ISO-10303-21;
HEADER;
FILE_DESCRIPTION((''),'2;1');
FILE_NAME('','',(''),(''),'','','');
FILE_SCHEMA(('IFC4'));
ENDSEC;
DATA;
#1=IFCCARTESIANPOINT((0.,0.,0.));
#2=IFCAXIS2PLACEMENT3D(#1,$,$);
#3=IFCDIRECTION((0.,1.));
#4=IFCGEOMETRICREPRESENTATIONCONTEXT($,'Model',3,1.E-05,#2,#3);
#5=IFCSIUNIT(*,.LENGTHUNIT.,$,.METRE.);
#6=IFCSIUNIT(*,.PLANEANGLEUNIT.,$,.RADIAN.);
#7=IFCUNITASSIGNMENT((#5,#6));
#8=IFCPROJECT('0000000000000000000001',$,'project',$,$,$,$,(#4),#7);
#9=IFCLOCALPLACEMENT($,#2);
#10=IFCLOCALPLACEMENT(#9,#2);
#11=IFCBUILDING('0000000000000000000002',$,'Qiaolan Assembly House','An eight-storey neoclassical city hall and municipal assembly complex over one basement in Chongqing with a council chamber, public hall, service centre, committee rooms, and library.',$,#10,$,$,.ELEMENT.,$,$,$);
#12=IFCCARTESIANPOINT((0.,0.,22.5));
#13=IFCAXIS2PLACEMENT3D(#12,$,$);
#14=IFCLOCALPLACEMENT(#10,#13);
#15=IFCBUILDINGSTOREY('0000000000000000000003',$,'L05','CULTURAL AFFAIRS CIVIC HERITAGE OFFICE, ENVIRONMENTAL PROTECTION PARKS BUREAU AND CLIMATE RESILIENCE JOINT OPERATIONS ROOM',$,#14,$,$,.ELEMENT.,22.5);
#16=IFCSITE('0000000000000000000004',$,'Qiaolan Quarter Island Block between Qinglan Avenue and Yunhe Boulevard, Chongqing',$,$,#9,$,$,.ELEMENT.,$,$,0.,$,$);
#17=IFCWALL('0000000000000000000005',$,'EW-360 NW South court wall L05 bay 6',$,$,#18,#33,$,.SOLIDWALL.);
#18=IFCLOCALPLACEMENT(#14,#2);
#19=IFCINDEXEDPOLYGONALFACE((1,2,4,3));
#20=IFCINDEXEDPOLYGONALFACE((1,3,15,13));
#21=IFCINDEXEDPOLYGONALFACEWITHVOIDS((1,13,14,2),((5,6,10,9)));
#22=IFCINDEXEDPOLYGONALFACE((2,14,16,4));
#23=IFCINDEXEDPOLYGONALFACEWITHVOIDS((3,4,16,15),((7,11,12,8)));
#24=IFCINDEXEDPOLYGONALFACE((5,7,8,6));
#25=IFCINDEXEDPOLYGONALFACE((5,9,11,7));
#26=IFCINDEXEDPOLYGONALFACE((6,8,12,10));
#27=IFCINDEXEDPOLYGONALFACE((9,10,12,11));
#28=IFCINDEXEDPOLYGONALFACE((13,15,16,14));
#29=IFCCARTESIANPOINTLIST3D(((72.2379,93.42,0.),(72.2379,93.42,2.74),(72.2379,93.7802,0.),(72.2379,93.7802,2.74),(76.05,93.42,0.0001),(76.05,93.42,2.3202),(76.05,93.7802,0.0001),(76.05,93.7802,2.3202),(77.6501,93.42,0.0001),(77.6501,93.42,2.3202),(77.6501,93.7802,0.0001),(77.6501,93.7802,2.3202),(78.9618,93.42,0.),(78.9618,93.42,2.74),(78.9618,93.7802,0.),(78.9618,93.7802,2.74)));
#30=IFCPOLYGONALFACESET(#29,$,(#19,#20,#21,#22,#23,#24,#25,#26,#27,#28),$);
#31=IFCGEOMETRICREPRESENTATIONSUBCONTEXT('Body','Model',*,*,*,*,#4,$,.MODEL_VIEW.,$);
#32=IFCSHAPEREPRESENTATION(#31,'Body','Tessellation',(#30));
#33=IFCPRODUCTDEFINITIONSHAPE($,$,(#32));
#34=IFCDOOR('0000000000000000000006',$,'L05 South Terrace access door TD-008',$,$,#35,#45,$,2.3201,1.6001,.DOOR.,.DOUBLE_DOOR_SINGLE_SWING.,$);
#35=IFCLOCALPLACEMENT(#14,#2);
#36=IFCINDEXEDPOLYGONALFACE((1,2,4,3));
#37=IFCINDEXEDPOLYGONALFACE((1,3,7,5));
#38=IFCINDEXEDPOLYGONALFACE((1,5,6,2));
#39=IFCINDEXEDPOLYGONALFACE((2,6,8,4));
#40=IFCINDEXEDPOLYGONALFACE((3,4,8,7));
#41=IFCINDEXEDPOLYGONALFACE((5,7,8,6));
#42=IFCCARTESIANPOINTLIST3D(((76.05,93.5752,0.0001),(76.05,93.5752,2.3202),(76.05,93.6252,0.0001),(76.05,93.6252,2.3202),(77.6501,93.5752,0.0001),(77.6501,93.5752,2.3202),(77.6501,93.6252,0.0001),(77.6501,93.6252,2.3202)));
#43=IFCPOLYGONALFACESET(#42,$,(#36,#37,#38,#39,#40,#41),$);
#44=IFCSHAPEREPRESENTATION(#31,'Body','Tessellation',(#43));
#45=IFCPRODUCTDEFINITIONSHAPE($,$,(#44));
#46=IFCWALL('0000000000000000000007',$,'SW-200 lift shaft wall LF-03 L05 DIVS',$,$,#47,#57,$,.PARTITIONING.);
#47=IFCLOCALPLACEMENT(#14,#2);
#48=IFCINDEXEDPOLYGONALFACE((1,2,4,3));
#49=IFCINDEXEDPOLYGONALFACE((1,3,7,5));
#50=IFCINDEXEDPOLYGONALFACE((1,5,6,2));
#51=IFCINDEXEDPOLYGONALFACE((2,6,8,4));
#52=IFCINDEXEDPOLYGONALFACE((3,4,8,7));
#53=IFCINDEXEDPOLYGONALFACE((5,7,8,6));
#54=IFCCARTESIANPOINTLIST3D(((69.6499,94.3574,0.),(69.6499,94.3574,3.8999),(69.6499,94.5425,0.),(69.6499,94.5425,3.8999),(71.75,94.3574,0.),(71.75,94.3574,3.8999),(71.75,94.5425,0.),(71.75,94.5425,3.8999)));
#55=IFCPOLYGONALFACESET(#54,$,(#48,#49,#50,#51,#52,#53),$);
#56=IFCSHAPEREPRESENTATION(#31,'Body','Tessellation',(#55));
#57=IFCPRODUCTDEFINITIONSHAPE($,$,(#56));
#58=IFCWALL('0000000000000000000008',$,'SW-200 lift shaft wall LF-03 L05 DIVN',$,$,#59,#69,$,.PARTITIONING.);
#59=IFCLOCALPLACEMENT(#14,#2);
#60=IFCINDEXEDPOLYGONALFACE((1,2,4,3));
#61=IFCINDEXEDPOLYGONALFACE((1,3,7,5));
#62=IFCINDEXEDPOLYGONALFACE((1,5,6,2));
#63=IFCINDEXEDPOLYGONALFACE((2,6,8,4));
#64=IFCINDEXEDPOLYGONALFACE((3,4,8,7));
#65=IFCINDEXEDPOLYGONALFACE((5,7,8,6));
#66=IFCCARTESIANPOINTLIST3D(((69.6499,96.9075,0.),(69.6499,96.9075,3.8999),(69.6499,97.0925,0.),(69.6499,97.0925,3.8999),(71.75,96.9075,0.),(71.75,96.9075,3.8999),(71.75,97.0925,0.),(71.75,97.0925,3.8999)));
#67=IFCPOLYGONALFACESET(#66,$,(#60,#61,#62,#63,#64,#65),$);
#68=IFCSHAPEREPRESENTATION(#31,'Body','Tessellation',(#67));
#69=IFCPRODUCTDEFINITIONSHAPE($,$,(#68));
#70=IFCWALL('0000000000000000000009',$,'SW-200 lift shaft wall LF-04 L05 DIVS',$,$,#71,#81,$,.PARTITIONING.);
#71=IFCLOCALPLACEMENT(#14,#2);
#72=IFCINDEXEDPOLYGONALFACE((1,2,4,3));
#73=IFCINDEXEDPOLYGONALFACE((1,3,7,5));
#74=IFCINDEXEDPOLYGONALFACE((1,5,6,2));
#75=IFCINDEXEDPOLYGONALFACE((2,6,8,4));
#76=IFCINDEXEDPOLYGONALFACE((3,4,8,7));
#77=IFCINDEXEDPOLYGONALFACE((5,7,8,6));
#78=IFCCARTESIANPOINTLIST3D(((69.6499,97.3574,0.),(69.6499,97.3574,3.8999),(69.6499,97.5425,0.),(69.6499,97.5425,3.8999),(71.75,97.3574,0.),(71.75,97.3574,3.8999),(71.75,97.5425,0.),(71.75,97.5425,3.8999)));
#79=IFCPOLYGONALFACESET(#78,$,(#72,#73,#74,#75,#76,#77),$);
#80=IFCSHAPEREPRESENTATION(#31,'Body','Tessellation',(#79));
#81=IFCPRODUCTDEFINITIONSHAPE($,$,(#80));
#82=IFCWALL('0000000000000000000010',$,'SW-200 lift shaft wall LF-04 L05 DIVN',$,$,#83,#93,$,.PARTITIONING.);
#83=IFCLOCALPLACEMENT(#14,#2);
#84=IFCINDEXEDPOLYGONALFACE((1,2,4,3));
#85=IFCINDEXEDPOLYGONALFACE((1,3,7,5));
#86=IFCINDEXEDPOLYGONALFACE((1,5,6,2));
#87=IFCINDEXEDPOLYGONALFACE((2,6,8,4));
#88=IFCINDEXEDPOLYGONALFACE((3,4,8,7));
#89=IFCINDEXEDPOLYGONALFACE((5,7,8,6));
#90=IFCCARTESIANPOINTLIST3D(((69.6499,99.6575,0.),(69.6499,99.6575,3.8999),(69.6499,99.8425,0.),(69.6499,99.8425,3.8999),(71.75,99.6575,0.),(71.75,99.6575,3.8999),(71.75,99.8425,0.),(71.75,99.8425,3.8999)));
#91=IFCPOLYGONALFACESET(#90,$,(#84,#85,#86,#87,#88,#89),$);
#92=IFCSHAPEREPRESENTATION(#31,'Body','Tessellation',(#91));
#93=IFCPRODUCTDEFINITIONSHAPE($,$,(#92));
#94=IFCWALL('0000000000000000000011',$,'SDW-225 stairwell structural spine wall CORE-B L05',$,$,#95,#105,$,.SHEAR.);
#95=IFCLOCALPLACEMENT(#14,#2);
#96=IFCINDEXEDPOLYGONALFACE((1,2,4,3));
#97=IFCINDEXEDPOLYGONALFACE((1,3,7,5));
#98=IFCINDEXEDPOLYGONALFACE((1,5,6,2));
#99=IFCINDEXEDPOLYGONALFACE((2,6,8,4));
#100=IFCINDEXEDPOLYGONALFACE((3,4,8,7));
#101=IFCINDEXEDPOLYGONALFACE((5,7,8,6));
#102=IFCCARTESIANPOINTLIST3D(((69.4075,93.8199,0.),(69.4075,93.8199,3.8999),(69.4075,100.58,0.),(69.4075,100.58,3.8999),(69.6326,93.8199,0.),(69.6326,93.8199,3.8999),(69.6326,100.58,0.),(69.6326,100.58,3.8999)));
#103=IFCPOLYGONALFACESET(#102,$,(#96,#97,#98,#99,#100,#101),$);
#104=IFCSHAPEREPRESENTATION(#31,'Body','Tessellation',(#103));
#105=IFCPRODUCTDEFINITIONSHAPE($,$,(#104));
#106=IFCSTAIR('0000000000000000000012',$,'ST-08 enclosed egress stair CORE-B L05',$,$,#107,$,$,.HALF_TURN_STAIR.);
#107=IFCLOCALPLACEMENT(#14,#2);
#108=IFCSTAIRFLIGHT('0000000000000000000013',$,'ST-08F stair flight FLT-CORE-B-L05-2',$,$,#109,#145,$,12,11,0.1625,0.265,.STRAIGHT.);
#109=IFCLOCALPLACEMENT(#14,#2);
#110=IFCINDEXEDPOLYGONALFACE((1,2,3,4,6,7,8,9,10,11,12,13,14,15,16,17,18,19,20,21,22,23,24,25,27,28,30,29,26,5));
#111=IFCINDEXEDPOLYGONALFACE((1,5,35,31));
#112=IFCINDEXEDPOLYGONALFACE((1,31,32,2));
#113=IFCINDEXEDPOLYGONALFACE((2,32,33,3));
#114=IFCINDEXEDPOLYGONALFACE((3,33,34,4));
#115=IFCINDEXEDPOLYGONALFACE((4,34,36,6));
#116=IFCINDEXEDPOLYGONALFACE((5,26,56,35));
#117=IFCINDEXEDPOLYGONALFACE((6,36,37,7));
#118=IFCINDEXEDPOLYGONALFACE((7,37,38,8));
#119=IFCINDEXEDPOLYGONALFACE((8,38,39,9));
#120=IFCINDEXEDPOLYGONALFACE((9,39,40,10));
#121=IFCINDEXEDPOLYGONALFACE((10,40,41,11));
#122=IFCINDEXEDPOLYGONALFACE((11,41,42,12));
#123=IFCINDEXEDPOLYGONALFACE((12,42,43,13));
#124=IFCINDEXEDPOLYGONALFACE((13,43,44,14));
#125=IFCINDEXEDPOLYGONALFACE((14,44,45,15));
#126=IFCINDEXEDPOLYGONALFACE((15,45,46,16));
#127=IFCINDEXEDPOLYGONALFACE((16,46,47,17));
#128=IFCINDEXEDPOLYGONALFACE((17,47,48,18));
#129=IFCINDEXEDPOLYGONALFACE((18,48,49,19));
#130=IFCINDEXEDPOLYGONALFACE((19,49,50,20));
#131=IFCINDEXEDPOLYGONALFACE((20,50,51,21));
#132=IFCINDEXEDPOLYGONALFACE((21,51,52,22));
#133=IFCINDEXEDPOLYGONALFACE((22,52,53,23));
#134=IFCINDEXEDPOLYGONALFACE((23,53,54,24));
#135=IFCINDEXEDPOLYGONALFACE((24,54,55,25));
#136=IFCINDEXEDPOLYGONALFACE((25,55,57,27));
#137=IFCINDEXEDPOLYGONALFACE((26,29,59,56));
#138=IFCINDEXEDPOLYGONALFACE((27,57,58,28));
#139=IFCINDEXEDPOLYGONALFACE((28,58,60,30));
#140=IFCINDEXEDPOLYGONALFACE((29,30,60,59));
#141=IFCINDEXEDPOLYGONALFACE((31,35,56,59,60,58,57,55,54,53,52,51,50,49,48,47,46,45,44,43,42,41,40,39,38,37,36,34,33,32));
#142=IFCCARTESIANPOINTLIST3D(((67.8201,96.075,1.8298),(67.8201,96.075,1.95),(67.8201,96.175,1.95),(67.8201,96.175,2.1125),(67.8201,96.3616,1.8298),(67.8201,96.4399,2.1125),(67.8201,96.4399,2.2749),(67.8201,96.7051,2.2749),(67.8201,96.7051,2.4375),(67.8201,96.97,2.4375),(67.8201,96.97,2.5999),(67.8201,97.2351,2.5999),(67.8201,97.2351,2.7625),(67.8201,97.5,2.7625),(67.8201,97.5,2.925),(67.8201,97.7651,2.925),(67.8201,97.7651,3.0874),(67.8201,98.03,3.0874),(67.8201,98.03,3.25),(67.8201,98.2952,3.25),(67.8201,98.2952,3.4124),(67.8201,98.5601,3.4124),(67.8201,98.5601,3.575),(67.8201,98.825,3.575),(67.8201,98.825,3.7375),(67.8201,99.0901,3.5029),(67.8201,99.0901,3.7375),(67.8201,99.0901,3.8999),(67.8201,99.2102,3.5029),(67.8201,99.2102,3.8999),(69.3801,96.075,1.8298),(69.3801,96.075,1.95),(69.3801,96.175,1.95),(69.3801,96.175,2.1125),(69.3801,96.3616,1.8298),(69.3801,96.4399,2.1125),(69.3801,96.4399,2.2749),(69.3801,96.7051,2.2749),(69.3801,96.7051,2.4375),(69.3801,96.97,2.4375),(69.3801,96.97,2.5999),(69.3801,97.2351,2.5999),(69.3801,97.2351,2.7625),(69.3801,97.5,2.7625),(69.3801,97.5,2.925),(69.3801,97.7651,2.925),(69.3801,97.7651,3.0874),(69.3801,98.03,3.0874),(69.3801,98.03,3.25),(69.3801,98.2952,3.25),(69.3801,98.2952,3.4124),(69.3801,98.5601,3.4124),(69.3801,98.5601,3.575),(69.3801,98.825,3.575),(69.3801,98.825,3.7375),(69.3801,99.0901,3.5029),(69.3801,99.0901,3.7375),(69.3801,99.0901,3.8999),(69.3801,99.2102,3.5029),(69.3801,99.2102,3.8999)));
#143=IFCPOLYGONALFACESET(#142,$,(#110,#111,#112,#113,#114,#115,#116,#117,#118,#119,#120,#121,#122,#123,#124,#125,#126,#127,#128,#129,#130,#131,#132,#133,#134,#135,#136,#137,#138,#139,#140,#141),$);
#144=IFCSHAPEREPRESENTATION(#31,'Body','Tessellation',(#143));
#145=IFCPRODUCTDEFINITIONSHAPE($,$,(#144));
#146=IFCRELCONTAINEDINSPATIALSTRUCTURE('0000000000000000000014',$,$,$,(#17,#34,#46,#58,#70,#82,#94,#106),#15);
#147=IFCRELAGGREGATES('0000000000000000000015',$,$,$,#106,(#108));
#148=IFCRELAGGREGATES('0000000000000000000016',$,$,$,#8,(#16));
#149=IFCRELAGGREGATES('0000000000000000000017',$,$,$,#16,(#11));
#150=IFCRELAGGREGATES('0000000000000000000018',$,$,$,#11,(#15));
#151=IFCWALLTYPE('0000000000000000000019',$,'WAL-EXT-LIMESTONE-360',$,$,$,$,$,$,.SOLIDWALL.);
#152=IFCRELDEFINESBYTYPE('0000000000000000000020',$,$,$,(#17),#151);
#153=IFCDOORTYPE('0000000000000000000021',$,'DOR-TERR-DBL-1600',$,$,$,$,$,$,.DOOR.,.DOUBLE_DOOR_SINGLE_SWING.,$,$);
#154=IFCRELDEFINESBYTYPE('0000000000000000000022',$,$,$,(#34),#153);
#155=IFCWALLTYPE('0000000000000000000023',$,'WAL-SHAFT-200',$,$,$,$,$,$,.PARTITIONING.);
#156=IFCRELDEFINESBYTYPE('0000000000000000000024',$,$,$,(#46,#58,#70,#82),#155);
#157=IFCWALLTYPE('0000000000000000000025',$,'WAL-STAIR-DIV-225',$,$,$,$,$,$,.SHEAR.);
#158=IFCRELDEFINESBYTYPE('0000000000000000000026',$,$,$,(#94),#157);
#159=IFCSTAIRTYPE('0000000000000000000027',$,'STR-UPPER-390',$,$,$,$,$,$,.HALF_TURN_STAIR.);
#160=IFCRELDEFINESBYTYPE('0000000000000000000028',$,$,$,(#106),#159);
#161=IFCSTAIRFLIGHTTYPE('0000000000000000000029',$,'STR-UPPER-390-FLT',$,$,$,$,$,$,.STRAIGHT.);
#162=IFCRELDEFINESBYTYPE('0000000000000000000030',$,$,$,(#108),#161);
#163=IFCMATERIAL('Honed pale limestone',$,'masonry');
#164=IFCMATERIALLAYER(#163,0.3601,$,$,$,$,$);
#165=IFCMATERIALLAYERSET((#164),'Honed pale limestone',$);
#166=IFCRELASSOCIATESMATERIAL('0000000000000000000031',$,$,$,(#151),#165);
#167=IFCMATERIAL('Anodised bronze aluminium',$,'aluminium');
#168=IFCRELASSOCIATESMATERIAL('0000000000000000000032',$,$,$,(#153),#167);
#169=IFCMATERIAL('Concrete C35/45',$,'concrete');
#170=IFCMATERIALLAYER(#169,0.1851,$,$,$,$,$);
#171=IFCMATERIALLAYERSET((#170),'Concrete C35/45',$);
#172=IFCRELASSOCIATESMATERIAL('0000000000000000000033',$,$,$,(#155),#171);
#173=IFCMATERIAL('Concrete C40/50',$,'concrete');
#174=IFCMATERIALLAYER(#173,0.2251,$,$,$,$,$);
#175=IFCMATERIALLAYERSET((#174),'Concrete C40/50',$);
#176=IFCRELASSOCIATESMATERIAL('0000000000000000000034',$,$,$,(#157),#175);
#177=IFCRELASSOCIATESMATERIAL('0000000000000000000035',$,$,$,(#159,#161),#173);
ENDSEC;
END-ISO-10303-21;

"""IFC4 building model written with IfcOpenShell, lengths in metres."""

from ifc_helpers import new_model, si_unit, direction, frame, frame_2d, origin, place, context, subcontext, project, spatial, polyline, rectangle, outline, extrude, material, layer, layer_set, type_object, element, fill, aggregate, save


model = new_model("IFC4")

# Units and contexts
model_context = context("Model", 3, precision=1e-05, world=origin(), true_north=direction((0.0, 1.0)))
body_context = subcontext(model_context, "Body", "Model", "MODEL_VIEW")
ifc_project = project(units=[si_unit("LENGTHUNIT", "METRE"), si_unit("PLANEANGLEUNIT", "RADIAN")], contexts=[model_context])

# Site, building, storey
site_placement = place(None, origin())
site = spatial("IfcSite", under=ifc_project, at=site_placement, Name="Qiaolan Quarter Island Block between Qinglan Avenue and Yunhe Boulevard, Chongqing", CompositionType="ELEMENT", RefElevation=0.0)
building_placement = place(site_placement, origin())
building = spatial("IfcBuilding", under=site, at=building_placement, Name="Qiaolan Assembly House", Description="An eight-storey neoclassical city hall and municipal assembly complex over one basement in Chongqing with a council chamber, public hall, service centre, committee rooms, and library.", CompositionType="ELEMENT")
storey_placement = place(building_placement, frame((0.0, 0.0, 22.5)))
storey = spatial("IfcBuildingStorey", under=building, at=storey_placement, Name="L05", Description="CULTURAL AFFAIRS CIVIC HERITAGE OFFICE, ENVIRONMENTAL PROTECTION PARKS BUREAU AND CLIMATE RESILIENCE JOINT OPERATIONS ROOM", CompositionType="ELEMENT", Elevation=22.5)

# Shared definitions
ifc_material_1 = material(Name="Concrete C40/50", Category="concrete")

# Shared definitions
ifc_material_2 = material(Name="Anodised bronze aluminium", Category="aluminium")

# Wall, opening, door
ifc_material_3 = material(Name="Honed pale limestone", Category="masonry")
ifc_layer_1 = layer(ifc_material_3, 0.3601)
ifc_layer_set_1 = layer_set([ifc_layer_1], Name="Honed pale limestone")
wall_type_1 = type_object("IfcWallType", Name="WAL-EXT-LIMESTONE-360", PredefinedType="SOLIDWALL", material=ifc_layer_set_1)
wall_1_placement = place(storey_placement, frame((72.238, 93.6001, 0.0), z_axis=(0.0, 0.0, 1.0), x_axis=(1.0, 0.0, 0.0)))
wall_1 = element("IfcWall", 1, at=wall_1_placement, inside=storey, type_object=wall_type_1, Name="EW-360 NW South court wall L05 bay 6", PredefinedType="SOLIDWALL", context=body_context, shape_type="SweptSolid", body=[
    extrude(rectangle(XDim=6.7239, YDim=0.3601, at=frame_2d((3.3618, 0.0))), origin(), (0.0, 0.0, 1.0), 2.74),
])
opening_1_placement = place(wall_1_placement, frame((3.812, 0.0, 0.0)))
opening_1 = element("IfcOpeningElement", 2, at=opening_1_placement, cuts=wall_1, PredefinedType="OPENING", context=body_context, shape_type="SweptSolid", body=[
    extrude(rectangle(XDim=1.6001, YDim=2.3201, at=frame_2d((0.8, 1.1602))), frame((0.0, 0.1899, 0.0), z_axis=(0.0, -1.0, 0.0), x_axis=(1.0, 0.0, 0.0)), (0.0, 0.0, 1.0), 0.3801),
])
door_type_1 = type_object("IfcDoorType", Name="DOR-TERR-DBL-1600", OperationType="DOUBLE_DOOR_SINGLE_SWING", PredefinedType="DOOR", material=ifc_material_2)
door_1_placement = place(opening_1_placement, frame((1.6001, 0.0, 0.0), z_axis=(0.0, 0.0, 1.0), x_axis=(-1.0, 0.0, 0.0)))
door_1 = element("IfcDoor", 3, at=door_1_placement, inside=storey, type_object=door_type_1, Name="L05 South Terrace access door TD-008", OperationType="DOUBLE_DOOR_SINGLE_SWING", OverallHeight=2.3201, OverallWidth=1.6001, PredefinedType="DOOR", context=body_context, shape_type="SweptSolid", body=[
    extrude(rectangle(XDim=1.6001, YDim=2.3201, at=frame_2d((0.8, 1.1602))), frame((0.0, 0.0249, 0.0), z_axis=(0.0, -1.0, 0.0), x_axis=(1.0, 0.0, 0.0)), (0.0, 0.0, 1.0), 0.05),
])
fill(opening_1, door_1)

# Walls
ifc_material_4 = material(Name="Concrete C35/45", Category="concrete")
ifc_layer_2 = layer(ifc_material_4, 0.1851)
ifc_layer_set_2 = layer_set([ifc_layer_2], Name="Concrete C35/45")
wall_type_2 = type_object("IfcWallType", Name="WAL-SHAFT-200", PredefinedType="PARTITIONING", material=ifc_layer_set_2)
for number, where, z_axis, x_axis, name in (
    (4, (69.6499, 94.45, 0.0), (0.0, 0.0, 1.0), (1.0, 0.0, 0.0), "SW-200 lift shaft wall LF-03 L05 DIVS"),
    (5, (69.6499, 97.0, 0.0), (0.0, 0.0, 1.0), (1.0, 0.0, 0.0), "SW-200 lift shaft wall LF-03 L05 DIVN"),
    (6, (69.6499, 97.45, 0.0), (0.0, 0.0, 1.0), (1.0, 0.0, 0.0), "SW-200 lift shaft wall LF-04 L05 DIVS"),
    (7, (69.6499, 99.75, 0.0), (0.0, 0.0, 1.0), (1.0, 0.0, 0.0), "SW-200 lift shaft wall LF-04 L05 DIVN"),
):
    element("IfcWall", number, at=place(storey_placement, frame(where, z_axis=z_axis, x_axis=x_axis)), inside=storey, type_object=wall_type_2, Name=name, PredefinedType="PARTITIONING", context=body_context, shape_type="SweptSolid", body=[
        extrude(rectangle(XDim=2.1001, YDim=0.1851, at=frame_2d((1.05, 0.0))), origin(), (0.0, 0.0, 1.0), 3.8999),
    ])
ifc_layer_3 = layer(ifc_material_1, 0.2251)
ifc_layer_set_3 = layer_set([ifc_layer_3], Name="Concrete C40/50")
wall_type_3 = type_object("IfcWallType", Name="WAL-STAIR-DIV-225", PredefinedType="SHEAR", material=ifc_layer_set_3)
wall_2_placement = place(storey_placement, frame((69.52, 93.8201, 0.0), z_axis=(0.0, 0.0, 1.0), x_axis=(0.0, 1.0, 0.0)))
element("IfcWall", 8, at=wall_2_placement, inside=storey, type_object=wall_type_3, Name="SDW-225 stairwell structural spine wall CORE-B L05", PredefinedType="SHEAR", context=body_context, shape_type="SweptSolid", body=[
    extrude(rectangle(XDim=6.76, YDim=0.2251, at=frame_2d((3.3799, 0.0))), origin(), (0.0, 0.0, 1.0), 3.8999),
])

# Stair, stair flight
stair_type = type_object("IfcStairType", Name="STR-UPPER-390", PredefinedType="HALF_TURN_STAIR", material=ifc_material_1)
stair_placement = place(storey_placement, origin())
stair = element("IfcStair", 9, at=stair_placement, inside=storey, type_object=stair_type, Name="ST-08 enclosed egress stair CORE-B L05", PredefinedType="HALF_TURN_STAIR")
stair_flight_type = type_object("IfcStairFlightType", Name="STR-UPPER-390-FLT", PredefinedType="STRAIGHT", material=ifc_material_1)
stair_flight_placement = place(storey_placement, frame((68.6001, 96.175, 1.95), z_axis=(0.0, 0.0, 1.0), x_axis=(0.0, 1.0, 0.0)))
stair_flight = element("IfcStairFlight", 10, at=stair_flight_placement, type_object=stair_flight_type, Name="ST-08F stair flight FLT-CORE-B-L05-2", NumberOfRisers=12, NumberOfTreads=11, PredefinedType="STRAIGHT", RiserHeight=0.1625, TreadLength=0.265, context=body_context, shape_type="SweptSolid", body=[
    extrude(outline(polyline([(-0.1001, -0.1201), (-0.1001, 0.0), (0.0, 0.0), (0.0, 0.1626), (0.2649, 0.1626), (0.2649, 0.325), (0.53, 0.325), (0.53, 0.4875), (0.7949, 0.4875), (0.7949, 0.6499), (1.0601, 0.6499), (1.0601, 0.8125), (1.325, 0.8125), (1.325, 0.9751), (1.5901, 0.9751), (1.5901, 1.1375), (1.855, 1.1375), (1.855, 1.3), (2.1201, 1.3), (2.1201, 1.4624), (2.385, 1.4624), (2.385, 1.625), (2.6499, 1.625), (2.6499, 1.7876), (2.915, 1.7876), (2.915, 1.95), (3.0352, 1.95), (3.0352, 1.553), (2.915, 1.553), (0.1865, -0.1201), (-0.1001, -0.1201)])), frame((0.0, 0.78, 0.0), z_axis=(0.0, -1.0, 0.0), x_axis=(1.0, 0.0, 0.0)), (0.0, 0.0, 1.0), 1.5601),
])
aggregate(stair, [stair_flight])

save(model, "model.ifc")
